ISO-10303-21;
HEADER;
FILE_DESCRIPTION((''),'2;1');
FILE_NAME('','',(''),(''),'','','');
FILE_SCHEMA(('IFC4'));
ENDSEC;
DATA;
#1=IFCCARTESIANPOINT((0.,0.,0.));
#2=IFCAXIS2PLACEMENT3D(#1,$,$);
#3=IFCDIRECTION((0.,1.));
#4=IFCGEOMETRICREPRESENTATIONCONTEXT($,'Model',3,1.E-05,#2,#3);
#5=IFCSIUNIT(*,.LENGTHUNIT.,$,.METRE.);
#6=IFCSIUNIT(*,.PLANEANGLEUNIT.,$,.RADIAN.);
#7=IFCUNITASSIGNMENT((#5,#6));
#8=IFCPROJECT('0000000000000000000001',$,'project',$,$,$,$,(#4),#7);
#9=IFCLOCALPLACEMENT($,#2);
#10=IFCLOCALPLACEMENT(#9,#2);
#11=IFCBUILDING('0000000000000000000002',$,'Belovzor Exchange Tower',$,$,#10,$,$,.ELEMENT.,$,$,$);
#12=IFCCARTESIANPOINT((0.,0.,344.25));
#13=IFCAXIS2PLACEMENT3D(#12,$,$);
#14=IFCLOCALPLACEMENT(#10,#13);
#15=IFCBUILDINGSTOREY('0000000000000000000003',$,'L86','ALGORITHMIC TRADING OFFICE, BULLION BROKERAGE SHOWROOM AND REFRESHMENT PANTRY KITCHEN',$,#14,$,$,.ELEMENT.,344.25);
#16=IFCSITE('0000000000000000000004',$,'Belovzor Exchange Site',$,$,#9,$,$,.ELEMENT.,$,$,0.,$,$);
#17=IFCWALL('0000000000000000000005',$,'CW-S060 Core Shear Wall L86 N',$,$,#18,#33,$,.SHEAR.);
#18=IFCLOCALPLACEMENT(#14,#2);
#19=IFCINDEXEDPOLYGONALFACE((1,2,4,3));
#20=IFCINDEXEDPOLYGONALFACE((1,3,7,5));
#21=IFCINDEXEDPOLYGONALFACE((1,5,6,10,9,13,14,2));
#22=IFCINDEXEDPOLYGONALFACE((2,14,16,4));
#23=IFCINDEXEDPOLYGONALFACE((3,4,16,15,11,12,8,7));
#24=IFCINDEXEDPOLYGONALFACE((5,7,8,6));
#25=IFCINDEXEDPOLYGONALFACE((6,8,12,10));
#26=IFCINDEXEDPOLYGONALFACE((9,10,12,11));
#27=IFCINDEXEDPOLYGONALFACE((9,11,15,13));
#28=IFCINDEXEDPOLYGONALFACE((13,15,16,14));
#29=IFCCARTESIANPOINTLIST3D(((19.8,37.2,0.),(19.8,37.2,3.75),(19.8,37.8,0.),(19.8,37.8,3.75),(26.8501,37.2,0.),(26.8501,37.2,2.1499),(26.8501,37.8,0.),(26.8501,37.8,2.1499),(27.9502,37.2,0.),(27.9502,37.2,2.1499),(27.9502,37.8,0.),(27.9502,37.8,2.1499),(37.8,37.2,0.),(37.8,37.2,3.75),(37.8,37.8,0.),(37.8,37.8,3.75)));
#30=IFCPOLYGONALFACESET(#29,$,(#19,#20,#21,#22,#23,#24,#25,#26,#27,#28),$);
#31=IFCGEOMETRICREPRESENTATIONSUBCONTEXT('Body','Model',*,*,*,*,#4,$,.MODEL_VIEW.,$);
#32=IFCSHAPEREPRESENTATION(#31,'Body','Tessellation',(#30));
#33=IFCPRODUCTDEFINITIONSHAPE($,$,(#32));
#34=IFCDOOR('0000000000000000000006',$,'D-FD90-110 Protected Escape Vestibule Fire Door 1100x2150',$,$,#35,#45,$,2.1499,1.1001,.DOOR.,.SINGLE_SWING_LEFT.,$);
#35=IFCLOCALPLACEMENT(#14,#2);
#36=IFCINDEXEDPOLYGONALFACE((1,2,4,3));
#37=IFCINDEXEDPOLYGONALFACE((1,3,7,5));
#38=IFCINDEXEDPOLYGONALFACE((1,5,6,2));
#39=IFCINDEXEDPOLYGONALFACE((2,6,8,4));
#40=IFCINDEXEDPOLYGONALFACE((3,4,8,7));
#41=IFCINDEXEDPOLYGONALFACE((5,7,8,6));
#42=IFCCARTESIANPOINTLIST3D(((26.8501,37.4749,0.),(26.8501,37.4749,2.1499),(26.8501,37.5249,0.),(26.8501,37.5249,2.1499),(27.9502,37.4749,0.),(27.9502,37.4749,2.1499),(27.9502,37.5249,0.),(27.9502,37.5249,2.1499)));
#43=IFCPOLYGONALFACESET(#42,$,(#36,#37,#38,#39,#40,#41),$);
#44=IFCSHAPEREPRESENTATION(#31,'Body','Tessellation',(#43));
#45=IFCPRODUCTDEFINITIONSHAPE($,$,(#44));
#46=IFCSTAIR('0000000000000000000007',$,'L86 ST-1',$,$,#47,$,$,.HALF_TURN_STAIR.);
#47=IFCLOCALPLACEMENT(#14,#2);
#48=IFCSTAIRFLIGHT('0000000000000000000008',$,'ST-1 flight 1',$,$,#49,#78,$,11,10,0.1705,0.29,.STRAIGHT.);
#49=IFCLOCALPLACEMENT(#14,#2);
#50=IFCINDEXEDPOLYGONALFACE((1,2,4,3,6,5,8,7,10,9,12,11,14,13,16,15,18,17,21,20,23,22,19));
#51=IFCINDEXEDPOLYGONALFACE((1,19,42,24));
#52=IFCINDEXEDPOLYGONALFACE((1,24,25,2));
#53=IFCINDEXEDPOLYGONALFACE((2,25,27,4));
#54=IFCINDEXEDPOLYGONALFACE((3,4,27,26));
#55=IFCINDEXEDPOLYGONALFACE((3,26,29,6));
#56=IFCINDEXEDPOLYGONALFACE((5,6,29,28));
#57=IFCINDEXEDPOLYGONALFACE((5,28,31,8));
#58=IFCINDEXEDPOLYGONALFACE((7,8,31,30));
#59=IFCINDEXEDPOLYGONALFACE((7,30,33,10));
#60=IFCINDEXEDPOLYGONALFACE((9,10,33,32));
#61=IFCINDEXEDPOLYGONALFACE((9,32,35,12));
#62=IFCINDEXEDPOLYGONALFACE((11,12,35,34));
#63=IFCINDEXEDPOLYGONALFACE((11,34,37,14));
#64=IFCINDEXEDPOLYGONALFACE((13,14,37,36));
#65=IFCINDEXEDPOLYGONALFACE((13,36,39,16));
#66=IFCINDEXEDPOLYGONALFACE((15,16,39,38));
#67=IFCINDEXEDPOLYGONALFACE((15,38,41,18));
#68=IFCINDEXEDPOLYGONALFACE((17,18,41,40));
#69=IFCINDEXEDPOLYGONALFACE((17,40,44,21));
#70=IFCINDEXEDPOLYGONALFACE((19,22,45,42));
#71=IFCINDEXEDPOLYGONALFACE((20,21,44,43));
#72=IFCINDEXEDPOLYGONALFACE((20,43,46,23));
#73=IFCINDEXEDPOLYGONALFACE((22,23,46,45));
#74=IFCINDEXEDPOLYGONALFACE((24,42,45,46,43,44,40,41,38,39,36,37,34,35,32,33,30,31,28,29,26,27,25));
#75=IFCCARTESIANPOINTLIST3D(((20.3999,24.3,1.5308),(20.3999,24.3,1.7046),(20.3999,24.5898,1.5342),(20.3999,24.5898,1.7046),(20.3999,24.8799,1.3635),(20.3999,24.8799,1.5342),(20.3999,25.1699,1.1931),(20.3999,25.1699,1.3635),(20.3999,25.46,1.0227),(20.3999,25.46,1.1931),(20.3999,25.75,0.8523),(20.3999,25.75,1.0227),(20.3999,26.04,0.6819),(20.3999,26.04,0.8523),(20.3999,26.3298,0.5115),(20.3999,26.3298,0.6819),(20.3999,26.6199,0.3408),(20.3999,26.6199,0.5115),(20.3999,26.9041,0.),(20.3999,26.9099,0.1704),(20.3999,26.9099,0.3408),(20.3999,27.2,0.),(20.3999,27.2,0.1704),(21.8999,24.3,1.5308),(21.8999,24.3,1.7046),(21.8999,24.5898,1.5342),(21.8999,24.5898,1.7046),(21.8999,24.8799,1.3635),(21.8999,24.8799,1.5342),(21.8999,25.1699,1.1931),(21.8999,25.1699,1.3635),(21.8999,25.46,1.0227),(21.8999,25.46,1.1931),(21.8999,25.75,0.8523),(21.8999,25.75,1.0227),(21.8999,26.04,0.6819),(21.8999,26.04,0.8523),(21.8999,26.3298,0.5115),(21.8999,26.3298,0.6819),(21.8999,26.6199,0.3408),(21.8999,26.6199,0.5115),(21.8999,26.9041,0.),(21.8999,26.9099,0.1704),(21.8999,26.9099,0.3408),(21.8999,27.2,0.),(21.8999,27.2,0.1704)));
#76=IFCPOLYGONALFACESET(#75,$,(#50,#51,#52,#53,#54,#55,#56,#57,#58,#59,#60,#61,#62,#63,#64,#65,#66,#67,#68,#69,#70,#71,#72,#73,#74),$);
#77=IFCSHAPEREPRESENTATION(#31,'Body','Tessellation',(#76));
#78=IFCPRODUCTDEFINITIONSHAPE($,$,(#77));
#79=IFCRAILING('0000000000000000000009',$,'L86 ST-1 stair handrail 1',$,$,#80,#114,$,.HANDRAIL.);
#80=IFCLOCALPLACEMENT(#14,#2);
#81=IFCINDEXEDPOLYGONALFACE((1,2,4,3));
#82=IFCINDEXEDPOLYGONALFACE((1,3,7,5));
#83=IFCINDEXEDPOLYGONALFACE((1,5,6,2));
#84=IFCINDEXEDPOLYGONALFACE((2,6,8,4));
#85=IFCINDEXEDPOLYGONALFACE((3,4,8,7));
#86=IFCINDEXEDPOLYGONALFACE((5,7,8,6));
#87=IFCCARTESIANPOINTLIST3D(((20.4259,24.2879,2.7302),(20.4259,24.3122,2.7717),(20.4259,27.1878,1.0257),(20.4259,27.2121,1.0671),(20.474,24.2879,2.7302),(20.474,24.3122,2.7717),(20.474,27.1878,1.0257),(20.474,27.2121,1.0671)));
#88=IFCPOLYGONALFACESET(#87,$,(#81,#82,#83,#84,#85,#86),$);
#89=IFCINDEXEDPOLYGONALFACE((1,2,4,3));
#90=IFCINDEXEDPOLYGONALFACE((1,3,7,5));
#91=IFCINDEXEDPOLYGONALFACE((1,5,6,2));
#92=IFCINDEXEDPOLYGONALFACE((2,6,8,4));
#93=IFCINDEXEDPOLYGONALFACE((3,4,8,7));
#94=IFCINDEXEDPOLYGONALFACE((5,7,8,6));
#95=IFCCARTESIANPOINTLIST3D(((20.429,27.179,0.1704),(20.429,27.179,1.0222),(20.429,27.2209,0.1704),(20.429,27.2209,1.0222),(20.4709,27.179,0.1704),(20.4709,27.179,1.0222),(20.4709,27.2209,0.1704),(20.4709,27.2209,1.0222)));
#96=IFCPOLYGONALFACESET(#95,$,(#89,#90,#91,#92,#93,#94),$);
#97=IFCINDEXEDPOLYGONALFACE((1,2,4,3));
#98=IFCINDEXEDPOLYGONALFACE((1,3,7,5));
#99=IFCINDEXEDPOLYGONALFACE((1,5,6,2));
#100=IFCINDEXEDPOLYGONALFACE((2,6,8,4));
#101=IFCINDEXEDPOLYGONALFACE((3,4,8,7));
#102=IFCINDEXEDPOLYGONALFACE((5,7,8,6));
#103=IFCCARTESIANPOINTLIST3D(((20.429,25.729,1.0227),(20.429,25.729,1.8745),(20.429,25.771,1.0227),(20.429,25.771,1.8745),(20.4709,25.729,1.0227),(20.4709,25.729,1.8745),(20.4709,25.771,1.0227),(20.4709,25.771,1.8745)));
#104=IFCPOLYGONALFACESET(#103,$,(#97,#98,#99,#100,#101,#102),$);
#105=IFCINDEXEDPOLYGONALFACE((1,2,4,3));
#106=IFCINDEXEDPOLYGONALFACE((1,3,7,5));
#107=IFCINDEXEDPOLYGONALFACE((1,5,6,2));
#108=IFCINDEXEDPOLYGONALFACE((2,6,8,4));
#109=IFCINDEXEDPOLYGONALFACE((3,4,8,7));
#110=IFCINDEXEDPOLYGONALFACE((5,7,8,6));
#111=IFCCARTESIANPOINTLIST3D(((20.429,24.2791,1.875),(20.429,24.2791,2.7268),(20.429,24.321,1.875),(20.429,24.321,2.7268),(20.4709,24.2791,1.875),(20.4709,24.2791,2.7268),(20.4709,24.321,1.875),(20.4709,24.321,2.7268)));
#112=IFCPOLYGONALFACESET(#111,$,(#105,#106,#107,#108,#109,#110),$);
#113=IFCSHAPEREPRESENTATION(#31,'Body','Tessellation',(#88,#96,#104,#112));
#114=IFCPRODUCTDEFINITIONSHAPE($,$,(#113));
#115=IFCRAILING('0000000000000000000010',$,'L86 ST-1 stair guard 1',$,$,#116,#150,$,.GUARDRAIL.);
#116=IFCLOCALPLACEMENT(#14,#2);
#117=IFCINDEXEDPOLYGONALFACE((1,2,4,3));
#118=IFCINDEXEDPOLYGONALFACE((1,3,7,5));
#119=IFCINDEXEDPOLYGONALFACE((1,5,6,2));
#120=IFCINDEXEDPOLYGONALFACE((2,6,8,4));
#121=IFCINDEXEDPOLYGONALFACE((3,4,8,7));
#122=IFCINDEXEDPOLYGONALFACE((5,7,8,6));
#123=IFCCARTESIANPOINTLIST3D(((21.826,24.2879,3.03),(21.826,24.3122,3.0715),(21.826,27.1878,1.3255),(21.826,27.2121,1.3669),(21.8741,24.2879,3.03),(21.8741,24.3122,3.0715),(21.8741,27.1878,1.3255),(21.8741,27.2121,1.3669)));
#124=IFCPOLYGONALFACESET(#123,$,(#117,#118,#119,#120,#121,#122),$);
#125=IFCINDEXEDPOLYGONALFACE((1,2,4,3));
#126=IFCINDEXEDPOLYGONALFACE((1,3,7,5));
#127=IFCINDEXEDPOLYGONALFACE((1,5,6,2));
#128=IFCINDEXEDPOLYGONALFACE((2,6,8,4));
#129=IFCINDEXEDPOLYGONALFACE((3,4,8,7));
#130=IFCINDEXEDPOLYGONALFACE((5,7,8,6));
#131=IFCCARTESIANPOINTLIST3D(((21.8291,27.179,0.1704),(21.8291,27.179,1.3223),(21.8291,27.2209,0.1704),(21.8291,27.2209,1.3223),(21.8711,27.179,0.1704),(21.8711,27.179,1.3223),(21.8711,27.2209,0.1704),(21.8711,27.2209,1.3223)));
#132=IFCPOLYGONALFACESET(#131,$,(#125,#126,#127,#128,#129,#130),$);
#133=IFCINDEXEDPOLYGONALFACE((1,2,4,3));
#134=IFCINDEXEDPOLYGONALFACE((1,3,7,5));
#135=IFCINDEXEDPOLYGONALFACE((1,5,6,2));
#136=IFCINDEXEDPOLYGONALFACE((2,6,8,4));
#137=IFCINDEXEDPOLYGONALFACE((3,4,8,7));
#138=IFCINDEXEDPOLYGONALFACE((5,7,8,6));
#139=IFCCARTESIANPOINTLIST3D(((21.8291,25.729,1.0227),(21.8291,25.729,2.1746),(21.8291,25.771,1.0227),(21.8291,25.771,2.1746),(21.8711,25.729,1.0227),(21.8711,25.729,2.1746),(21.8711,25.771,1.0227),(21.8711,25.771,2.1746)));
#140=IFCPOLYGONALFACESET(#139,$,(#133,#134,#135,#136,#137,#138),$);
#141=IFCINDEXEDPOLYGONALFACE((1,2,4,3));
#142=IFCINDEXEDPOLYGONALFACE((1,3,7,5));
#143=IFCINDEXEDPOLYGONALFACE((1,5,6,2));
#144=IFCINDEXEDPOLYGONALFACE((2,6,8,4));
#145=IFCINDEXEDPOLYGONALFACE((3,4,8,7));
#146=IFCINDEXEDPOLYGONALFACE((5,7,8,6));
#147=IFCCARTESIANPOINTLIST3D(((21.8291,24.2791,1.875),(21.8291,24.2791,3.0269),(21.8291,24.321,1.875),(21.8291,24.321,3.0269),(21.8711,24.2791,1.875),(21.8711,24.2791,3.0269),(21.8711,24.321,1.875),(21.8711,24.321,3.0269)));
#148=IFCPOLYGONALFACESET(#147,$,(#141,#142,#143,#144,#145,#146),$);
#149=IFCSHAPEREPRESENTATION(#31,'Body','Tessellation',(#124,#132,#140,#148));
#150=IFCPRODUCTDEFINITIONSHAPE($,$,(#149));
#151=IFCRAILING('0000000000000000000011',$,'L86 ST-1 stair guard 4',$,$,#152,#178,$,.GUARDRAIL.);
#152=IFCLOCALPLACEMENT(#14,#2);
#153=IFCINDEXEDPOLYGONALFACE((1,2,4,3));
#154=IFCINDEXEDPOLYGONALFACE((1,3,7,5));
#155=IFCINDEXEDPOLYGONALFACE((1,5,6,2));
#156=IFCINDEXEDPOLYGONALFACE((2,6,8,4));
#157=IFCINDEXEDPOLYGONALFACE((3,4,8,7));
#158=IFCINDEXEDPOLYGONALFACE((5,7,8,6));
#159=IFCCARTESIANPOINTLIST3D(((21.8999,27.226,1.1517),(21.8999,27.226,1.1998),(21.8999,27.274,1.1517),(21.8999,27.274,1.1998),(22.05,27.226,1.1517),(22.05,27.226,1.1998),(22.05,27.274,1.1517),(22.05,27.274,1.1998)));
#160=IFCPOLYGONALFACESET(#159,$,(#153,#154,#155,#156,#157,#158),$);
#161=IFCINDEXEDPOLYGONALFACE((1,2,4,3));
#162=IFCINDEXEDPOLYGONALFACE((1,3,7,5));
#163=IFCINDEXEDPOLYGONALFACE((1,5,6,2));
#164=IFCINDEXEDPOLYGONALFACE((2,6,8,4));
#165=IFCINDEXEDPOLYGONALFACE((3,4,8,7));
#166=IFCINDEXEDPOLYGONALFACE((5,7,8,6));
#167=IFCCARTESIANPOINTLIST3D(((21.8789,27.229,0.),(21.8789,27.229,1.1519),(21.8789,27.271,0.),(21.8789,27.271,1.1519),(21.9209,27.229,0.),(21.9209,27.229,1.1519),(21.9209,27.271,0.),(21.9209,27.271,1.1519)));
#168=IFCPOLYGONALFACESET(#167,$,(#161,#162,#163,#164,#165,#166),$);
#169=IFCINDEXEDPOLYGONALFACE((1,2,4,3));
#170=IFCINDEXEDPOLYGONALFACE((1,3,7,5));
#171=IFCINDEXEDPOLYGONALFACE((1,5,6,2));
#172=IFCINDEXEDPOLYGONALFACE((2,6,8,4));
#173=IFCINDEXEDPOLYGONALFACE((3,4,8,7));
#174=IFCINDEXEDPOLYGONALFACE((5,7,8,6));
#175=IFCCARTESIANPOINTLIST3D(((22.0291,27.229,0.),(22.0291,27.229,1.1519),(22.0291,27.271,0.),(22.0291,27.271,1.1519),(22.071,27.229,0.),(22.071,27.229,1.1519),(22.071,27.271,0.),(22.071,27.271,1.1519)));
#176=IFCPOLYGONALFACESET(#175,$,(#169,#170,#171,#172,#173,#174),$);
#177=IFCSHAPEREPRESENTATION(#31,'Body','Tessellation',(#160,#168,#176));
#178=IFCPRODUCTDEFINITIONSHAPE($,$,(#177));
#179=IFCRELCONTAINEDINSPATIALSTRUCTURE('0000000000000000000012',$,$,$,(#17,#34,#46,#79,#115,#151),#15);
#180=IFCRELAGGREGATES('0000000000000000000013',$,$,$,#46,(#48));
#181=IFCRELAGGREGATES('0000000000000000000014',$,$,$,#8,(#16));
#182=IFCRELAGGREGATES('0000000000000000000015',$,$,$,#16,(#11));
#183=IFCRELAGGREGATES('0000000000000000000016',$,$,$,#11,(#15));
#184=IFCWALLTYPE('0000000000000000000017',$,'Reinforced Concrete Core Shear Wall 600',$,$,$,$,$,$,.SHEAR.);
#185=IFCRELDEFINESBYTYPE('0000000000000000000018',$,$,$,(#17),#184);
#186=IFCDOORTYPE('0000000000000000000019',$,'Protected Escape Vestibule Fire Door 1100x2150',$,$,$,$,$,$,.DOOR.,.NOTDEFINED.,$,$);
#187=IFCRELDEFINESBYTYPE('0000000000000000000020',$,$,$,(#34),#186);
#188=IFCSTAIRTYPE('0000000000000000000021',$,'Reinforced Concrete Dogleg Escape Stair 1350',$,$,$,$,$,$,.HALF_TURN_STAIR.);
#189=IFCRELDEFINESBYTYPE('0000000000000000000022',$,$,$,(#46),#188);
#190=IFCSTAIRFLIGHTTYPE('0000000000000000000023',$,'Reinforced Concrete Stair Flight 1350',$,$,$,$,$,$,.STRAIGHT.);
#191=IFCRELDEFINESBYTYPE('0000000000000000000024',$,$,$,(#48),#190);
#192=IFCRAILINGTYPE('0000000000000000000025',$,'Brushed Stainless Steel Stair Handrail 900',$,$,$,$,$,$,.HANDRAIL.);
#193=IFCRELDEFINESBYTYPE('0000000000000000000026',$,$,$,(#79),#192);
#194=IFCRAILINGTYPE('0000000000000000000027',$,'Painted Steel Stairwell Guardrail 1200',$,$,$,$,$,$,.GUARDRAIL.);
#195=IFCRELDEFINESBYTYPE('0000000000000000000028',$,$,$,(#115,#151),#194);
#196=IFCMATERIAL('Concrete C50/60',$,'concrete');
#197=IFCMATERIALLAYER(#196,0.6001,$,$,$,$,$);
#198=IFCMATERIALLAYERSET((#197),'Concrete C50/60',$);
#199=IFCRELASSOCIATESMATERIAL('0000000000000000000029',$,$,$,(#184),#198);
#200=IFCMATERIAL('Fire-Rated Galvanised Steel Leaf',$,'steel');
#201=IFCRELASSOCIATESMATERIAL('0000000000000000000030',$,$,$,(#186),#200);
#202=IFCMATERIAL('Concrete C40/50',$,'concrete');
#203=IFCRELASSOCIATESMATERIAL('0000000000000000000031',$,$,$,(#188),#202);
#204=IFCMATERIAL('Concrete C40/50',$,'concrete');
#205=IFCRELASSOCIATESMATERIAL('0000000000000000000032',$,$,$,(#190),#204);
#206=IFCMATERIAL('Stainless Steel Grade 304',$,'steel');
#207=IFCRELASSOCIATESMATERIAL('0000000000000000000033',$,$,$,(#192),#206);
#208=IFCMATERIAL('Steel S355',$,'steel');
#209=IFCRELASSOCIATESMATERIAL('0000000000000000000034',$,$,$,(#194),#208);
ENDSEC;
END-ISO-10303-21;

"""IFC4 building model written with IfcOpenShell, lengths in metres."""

from ifc_helpers import new_model, si_unit, direction, frame, frame_2d, origin, origin_2d, place, context, subcontext, project, spatial, polyline, rectangle, outline, extrude, material, layer, layer_set, type_object, element, fill, aggregate, save


model = new_model("IFC4")

# Units and contexts
model_context = context("Model", 3, precision=1e-05, world=origin(), true_north=direction((0.0, 1.0)))
body_context = subcontext(model_context, "Body", "Model", "MODEL_VIEW")
ifc_project = project(units=[si_unit("LENGTHUNIT", "METRE"), si_unit("PLANEANGLEUNIT", "RADIAN")], contexts=[model_context])

# Site, building, storey
site_placement = place(None, origin())
site = spatial("IfcSite", under=ifc_project, at=site_placement, Name="Belovzor Exchange Site", CompositionType="ELEMENT", RefElevation=0.0)
building_placement = place(site_placement, origin())
building = spatial("IfcBuilding", under=site, at=building_placement, Name="Belovzor Exchange Tower", CompositionType="ELEMENT")
storey_placement = place(building_placement, frame((0.0, 0.0, 344.25)))
storey = spatial("IfcBuildingStorey", under=building, at=storey_placement, Name="L86", Description="ALGORITHMIC TRADING OFFICE, BULLION BROKERAGE SHOWROOM AND REFRESHMENT PANTRY KITCHEN", CompositionType="ELEMENT", Elevation=344.25)

# Wall, opening, door
ifc_material_1 = material(Name="Concrete C50/60", Category="concrete")
ifc_layer_1 = layer(ifc_material_1, 0.6001)
ifc_layer_set_1 = layer_set([ifc_layer_1], Name="Concrete C50/60")
wall_type_1 = type_object("IfcWallType", Name="Reinforced Concrete Core Shear Wall 600", PredefinedType="SHEAR", material=ifc_layer_set_1)
wall_1_placement = place(storey_placement, frame((19.8, 37.5, 0.0), z_axis=(0.0, 0.0, 1.0), x_axis=(1.0, 0.0, 0.0)))
wall_1 = element("IfcWall", 1, at=wall_1_placement, inside=storey, type_object=wall_type_1, Name="CW-S060 Core Shear Wall L86 N", PredefinedType="SHEAR", context=body_context, shape_type="SweptSolid", body=[
    extrude(rectangle(XDim=18.0, YDim=0.6001, at=frame_2d((9.0, 0.0))), origin(), (0.0, 0.0, 1.0), 3.75),
])
opening_1_placement = place(wall_1_placement, frame((7.05, 0.0, 0.0)))
opening_1 = element("IfcOpeningElement", 2, at=opening_1_placement, cuts=wall_1, PredefinedType="OPENING", context=body_context, shape_type="SweptSolid", body=[
    extrude(rectangle(XDim=1.1001, YDim=2.1499, at=frame_2d((0.55, 1.075))), frame((0.0, 0.3101, 0.0), z_axis=(0.0, -1.0, 0.0), x_axis=(1.0, 0.0, 0.0)), (0.0, 0.0, 1.0), 0.6201),
])
ifc_material_2 = material(Name="Fire-Rated Galvanised Steel Leaf", Category="steel")
door_type_1 = type_object("IfcDoorType", Name="Protected Escape Vestibule Fire Door 1100x2150", OperationType="NOTDEFINED", PredefinedType="DOOR", material=ifc_material_2)
door_1_placement = place(opening_1_placement, origin())
door_1 = element("IfcDoor", 3, at=door_1_placement, inside=storey, type_object=door_type_1, Name="D-FD90-110 Protected Escape Vestibule Fire Door 1100x2150", OperationType="SINGLE_SWING_LEFT", OverallHeight=2.1499, OverallWidth=1.1001, PredefinedType="DOOR", context=body_context, shape_type="SweptSolid", body=[
    extrude(rectangle(XDim=1.1001, YDim=2.1499, at=frame_2d((0.55, 1.075))), frame((0.0, 0.0249, 0.0), z_axis=(0.0, -1.0, 0.0), x_axis=(1.0, 0.0, 0.0)), (0.0, 0.0, 1.0), 0.05),
])
fill(opening_1, door_1)

# Stair, stair flight
ifc_material_3 = material(Name="Concrete C40/50", Category="concrete")
stair_type = type_object("IfcStairType", Name="Reinforced Concrete Dogleg Escape Stair 1350", PredefinedType="HALF_TURN_STAIR", material=ifc_material_3)
stair_placement = place(storey_placement, origin())
stair = element("IfcStair", 4, at=stair_placement, inside=storey, type_object=stair_type, Name="L86 ST-1", PredefinedType="HALF_TURN_STAIR")
ifc_material_4 = material(Name="Concrete C40/50", Category="concrete")
stair_flight_type = type_object("IfcStairFlightType", Name="Reinforced Concrete Stair Flight 1350", PredefinedType="STRAIGHT", material=ifc_material_4)
stair_flight_placement = place(storey_placement, frame((21.1499, 27.2, 0.0), z_axis=(0.0, 0.0, 1.0), x_axis=(0.0, -1.0, 0.0)))
stair_flight = element("IfcStairFlight", 5, at=stair_flight_placement, type_object=stair_flight_type, Name="ST-1 flight 1", NumberOfRisers=11, NumberOfTreads=10, PredefinedType="STRAIGHT", RiserHeight=0.1705, TreadLength=0.29, context=body_context, shape_type="SweptSolid", body=[
    extrude(outline(polyline([(0.0, 0.0), (0.0, 0.1704), (0.29, 0.1704), (0.29, 0.3408), (0.5801, 0.3408), (0.5801, 0.5115), (0.8701, 0.5115), (0.8701, 0.6819), (1.1599, 0.6819), (1.1599, 0.8523), (1.45, 0.8523), (1.45, 1.0227), (1.74, 1.0227), (1.74, 1.1931), (2.03, 1.1931), (2.03, 1.3635), (2.3201, 1.3635), (2.3201, 1.5342), (2.6101, 1.5342), (2.6101, 1.7046), (2.8999, 1.7046), (2.8999, 1.875), (2.8999, 1.5308), (0.2959, 0.0), (0.0, 0.0)])), frame((0.0, 0.75, 0.0), z_axis=(0.0, -1.0, 0.0), x_axis=(1.0, 0.0, 0.0)), (0.0, 0.0, 1.0), 1.5),
])
aggregate(stair, [stair_flight])

# Railings
ifc_material_5 = material(Name="Stainless Steel Grade 304", Category="steel")
railing_type_1 = type_object("IfcRailingType", Name="Brushed Stainless Steel Stair Handrail 900", PredefinedType="HANDRAIL", material=ifc_material_5)
railing_1_placement = place(storey_placement, frame((20.45, 27.2, 0.1704)))
element("IfcRailing", 6, at=railing_1_placement, inside=storey, type_object=railing_type_1, Name="L86 ST-1 stair handrail 1", PredefinedType="HANDRAIL", context=body_context, shape_type="SweptSolid", body=[
    extrude(rectangle(XDim=0.0481, YDim=0.0481, at=origin_2d()), frame((0.0, 0.0, 0.876), z_axis=(0.0, -0.862095, 0.506747), x_axis=(1.0, 0.0, 0.0)), (0.0, 0.0, 1.0), 3.3638),
    extrude(rectangle(XDim=0.042, YDim=0.042, at=origin_2d()), origin(), (0.0, 0.0, 1.0), 0.8518),
    extrude(rectangle(XDim=0.042, YDim=0.042, at=origin_2d()), frame((0.0, -1.45, 0.8523)), (0.0, 0.0, 1.0), 0.8518),
    extrude(rectangle(XDim=0.042, YDim=0.042, at=origin_2d()), frame((0.0, -2.8999, 1.7046)), (0.0, 0.0, 1.0), 0.8518),
])
ifc_material_6 = material(Name="Steel S355", Category="steel")
railing_type_2 = type_object("IfcRailingType", Name="Painted Steel Stairwell Guardrail 1200", PredefinedType="GUARDRAIL", material=ifc_material_6)
railing_2_placement = place(storey_placement, frame((21.8501, 27.2, 0.1704)))
element("IfcRailing", 7, at=railing_2_placement, inside=storey, type_object=railing_type_2, Name="L86 ST-1 stair guard 1", PredefinedType="GUARDRAIL", context=body_context, shape_type="SweptSolid", body=[
    extrude(rectangle(XDim=0.0481, YDim=0.0481, at=origin_2d()), frame((0.0, 0.0, 1.1758), z_axis=(0.0, -0.862095, 0.506747), x_axis=(1.0, 0.0, 0.0)), (0.0, 0.0, 1.0), 3.3638),
    extrude(rectangle(XDim=0.042, YDim=0.042, at=origin_2d()), origin(), (0.0, 0.0, 1.0), 1.1519),
    extrude(rectangle(XDim=0.042, YDim=0.042, at=origin_2d()), frame((0.0, -1.45, 0.8523)), (0.0, 0.0, 1.0), 1.1519),
    extrude(rectangle(XDim=0.042, YDim=0.042, at=origin_2d()), frame((0.0, -2.8999, 1.7046)), (0.0, 0.0, 1.0), 1.1519),
])
railing_3_placement = place(storey_placement, frame((21.8999, 27.25, 0.0)))
element("IfcRailing", 8, at=railing_3_placement, inside=storey, type_object=railing_type_2, Name="L86 ST-1 stair guard 4", PredefinedType="GUARDRAIL", context=body_context, shape_type="SweptSolid", body=[
    extrude(rectangle(XDim=0.0481, YDim=0.0481, at=origin_2d()), frame((0.0, 0.0, 1.1758), z_axis=(1.0, 0.0, 0.0), x_axis=(0.0, 1.0, 0.0)), (0.0, 0.0, 1.0), 0.1501),
    extrude(rectangle(XDim=0.042, YDim=0.042, at=origin_2d()), origin(), (0.0, 0.0, 1.0), 1.1519),
    extrude(rectangle(XDim=0.042, YDim=0.042, at=origin_2d()), frame((0.1501, 0.0, 0.0)), (0.0, 0.0, 1.0), 1.1519),
])

save(model, "model.ifc")
